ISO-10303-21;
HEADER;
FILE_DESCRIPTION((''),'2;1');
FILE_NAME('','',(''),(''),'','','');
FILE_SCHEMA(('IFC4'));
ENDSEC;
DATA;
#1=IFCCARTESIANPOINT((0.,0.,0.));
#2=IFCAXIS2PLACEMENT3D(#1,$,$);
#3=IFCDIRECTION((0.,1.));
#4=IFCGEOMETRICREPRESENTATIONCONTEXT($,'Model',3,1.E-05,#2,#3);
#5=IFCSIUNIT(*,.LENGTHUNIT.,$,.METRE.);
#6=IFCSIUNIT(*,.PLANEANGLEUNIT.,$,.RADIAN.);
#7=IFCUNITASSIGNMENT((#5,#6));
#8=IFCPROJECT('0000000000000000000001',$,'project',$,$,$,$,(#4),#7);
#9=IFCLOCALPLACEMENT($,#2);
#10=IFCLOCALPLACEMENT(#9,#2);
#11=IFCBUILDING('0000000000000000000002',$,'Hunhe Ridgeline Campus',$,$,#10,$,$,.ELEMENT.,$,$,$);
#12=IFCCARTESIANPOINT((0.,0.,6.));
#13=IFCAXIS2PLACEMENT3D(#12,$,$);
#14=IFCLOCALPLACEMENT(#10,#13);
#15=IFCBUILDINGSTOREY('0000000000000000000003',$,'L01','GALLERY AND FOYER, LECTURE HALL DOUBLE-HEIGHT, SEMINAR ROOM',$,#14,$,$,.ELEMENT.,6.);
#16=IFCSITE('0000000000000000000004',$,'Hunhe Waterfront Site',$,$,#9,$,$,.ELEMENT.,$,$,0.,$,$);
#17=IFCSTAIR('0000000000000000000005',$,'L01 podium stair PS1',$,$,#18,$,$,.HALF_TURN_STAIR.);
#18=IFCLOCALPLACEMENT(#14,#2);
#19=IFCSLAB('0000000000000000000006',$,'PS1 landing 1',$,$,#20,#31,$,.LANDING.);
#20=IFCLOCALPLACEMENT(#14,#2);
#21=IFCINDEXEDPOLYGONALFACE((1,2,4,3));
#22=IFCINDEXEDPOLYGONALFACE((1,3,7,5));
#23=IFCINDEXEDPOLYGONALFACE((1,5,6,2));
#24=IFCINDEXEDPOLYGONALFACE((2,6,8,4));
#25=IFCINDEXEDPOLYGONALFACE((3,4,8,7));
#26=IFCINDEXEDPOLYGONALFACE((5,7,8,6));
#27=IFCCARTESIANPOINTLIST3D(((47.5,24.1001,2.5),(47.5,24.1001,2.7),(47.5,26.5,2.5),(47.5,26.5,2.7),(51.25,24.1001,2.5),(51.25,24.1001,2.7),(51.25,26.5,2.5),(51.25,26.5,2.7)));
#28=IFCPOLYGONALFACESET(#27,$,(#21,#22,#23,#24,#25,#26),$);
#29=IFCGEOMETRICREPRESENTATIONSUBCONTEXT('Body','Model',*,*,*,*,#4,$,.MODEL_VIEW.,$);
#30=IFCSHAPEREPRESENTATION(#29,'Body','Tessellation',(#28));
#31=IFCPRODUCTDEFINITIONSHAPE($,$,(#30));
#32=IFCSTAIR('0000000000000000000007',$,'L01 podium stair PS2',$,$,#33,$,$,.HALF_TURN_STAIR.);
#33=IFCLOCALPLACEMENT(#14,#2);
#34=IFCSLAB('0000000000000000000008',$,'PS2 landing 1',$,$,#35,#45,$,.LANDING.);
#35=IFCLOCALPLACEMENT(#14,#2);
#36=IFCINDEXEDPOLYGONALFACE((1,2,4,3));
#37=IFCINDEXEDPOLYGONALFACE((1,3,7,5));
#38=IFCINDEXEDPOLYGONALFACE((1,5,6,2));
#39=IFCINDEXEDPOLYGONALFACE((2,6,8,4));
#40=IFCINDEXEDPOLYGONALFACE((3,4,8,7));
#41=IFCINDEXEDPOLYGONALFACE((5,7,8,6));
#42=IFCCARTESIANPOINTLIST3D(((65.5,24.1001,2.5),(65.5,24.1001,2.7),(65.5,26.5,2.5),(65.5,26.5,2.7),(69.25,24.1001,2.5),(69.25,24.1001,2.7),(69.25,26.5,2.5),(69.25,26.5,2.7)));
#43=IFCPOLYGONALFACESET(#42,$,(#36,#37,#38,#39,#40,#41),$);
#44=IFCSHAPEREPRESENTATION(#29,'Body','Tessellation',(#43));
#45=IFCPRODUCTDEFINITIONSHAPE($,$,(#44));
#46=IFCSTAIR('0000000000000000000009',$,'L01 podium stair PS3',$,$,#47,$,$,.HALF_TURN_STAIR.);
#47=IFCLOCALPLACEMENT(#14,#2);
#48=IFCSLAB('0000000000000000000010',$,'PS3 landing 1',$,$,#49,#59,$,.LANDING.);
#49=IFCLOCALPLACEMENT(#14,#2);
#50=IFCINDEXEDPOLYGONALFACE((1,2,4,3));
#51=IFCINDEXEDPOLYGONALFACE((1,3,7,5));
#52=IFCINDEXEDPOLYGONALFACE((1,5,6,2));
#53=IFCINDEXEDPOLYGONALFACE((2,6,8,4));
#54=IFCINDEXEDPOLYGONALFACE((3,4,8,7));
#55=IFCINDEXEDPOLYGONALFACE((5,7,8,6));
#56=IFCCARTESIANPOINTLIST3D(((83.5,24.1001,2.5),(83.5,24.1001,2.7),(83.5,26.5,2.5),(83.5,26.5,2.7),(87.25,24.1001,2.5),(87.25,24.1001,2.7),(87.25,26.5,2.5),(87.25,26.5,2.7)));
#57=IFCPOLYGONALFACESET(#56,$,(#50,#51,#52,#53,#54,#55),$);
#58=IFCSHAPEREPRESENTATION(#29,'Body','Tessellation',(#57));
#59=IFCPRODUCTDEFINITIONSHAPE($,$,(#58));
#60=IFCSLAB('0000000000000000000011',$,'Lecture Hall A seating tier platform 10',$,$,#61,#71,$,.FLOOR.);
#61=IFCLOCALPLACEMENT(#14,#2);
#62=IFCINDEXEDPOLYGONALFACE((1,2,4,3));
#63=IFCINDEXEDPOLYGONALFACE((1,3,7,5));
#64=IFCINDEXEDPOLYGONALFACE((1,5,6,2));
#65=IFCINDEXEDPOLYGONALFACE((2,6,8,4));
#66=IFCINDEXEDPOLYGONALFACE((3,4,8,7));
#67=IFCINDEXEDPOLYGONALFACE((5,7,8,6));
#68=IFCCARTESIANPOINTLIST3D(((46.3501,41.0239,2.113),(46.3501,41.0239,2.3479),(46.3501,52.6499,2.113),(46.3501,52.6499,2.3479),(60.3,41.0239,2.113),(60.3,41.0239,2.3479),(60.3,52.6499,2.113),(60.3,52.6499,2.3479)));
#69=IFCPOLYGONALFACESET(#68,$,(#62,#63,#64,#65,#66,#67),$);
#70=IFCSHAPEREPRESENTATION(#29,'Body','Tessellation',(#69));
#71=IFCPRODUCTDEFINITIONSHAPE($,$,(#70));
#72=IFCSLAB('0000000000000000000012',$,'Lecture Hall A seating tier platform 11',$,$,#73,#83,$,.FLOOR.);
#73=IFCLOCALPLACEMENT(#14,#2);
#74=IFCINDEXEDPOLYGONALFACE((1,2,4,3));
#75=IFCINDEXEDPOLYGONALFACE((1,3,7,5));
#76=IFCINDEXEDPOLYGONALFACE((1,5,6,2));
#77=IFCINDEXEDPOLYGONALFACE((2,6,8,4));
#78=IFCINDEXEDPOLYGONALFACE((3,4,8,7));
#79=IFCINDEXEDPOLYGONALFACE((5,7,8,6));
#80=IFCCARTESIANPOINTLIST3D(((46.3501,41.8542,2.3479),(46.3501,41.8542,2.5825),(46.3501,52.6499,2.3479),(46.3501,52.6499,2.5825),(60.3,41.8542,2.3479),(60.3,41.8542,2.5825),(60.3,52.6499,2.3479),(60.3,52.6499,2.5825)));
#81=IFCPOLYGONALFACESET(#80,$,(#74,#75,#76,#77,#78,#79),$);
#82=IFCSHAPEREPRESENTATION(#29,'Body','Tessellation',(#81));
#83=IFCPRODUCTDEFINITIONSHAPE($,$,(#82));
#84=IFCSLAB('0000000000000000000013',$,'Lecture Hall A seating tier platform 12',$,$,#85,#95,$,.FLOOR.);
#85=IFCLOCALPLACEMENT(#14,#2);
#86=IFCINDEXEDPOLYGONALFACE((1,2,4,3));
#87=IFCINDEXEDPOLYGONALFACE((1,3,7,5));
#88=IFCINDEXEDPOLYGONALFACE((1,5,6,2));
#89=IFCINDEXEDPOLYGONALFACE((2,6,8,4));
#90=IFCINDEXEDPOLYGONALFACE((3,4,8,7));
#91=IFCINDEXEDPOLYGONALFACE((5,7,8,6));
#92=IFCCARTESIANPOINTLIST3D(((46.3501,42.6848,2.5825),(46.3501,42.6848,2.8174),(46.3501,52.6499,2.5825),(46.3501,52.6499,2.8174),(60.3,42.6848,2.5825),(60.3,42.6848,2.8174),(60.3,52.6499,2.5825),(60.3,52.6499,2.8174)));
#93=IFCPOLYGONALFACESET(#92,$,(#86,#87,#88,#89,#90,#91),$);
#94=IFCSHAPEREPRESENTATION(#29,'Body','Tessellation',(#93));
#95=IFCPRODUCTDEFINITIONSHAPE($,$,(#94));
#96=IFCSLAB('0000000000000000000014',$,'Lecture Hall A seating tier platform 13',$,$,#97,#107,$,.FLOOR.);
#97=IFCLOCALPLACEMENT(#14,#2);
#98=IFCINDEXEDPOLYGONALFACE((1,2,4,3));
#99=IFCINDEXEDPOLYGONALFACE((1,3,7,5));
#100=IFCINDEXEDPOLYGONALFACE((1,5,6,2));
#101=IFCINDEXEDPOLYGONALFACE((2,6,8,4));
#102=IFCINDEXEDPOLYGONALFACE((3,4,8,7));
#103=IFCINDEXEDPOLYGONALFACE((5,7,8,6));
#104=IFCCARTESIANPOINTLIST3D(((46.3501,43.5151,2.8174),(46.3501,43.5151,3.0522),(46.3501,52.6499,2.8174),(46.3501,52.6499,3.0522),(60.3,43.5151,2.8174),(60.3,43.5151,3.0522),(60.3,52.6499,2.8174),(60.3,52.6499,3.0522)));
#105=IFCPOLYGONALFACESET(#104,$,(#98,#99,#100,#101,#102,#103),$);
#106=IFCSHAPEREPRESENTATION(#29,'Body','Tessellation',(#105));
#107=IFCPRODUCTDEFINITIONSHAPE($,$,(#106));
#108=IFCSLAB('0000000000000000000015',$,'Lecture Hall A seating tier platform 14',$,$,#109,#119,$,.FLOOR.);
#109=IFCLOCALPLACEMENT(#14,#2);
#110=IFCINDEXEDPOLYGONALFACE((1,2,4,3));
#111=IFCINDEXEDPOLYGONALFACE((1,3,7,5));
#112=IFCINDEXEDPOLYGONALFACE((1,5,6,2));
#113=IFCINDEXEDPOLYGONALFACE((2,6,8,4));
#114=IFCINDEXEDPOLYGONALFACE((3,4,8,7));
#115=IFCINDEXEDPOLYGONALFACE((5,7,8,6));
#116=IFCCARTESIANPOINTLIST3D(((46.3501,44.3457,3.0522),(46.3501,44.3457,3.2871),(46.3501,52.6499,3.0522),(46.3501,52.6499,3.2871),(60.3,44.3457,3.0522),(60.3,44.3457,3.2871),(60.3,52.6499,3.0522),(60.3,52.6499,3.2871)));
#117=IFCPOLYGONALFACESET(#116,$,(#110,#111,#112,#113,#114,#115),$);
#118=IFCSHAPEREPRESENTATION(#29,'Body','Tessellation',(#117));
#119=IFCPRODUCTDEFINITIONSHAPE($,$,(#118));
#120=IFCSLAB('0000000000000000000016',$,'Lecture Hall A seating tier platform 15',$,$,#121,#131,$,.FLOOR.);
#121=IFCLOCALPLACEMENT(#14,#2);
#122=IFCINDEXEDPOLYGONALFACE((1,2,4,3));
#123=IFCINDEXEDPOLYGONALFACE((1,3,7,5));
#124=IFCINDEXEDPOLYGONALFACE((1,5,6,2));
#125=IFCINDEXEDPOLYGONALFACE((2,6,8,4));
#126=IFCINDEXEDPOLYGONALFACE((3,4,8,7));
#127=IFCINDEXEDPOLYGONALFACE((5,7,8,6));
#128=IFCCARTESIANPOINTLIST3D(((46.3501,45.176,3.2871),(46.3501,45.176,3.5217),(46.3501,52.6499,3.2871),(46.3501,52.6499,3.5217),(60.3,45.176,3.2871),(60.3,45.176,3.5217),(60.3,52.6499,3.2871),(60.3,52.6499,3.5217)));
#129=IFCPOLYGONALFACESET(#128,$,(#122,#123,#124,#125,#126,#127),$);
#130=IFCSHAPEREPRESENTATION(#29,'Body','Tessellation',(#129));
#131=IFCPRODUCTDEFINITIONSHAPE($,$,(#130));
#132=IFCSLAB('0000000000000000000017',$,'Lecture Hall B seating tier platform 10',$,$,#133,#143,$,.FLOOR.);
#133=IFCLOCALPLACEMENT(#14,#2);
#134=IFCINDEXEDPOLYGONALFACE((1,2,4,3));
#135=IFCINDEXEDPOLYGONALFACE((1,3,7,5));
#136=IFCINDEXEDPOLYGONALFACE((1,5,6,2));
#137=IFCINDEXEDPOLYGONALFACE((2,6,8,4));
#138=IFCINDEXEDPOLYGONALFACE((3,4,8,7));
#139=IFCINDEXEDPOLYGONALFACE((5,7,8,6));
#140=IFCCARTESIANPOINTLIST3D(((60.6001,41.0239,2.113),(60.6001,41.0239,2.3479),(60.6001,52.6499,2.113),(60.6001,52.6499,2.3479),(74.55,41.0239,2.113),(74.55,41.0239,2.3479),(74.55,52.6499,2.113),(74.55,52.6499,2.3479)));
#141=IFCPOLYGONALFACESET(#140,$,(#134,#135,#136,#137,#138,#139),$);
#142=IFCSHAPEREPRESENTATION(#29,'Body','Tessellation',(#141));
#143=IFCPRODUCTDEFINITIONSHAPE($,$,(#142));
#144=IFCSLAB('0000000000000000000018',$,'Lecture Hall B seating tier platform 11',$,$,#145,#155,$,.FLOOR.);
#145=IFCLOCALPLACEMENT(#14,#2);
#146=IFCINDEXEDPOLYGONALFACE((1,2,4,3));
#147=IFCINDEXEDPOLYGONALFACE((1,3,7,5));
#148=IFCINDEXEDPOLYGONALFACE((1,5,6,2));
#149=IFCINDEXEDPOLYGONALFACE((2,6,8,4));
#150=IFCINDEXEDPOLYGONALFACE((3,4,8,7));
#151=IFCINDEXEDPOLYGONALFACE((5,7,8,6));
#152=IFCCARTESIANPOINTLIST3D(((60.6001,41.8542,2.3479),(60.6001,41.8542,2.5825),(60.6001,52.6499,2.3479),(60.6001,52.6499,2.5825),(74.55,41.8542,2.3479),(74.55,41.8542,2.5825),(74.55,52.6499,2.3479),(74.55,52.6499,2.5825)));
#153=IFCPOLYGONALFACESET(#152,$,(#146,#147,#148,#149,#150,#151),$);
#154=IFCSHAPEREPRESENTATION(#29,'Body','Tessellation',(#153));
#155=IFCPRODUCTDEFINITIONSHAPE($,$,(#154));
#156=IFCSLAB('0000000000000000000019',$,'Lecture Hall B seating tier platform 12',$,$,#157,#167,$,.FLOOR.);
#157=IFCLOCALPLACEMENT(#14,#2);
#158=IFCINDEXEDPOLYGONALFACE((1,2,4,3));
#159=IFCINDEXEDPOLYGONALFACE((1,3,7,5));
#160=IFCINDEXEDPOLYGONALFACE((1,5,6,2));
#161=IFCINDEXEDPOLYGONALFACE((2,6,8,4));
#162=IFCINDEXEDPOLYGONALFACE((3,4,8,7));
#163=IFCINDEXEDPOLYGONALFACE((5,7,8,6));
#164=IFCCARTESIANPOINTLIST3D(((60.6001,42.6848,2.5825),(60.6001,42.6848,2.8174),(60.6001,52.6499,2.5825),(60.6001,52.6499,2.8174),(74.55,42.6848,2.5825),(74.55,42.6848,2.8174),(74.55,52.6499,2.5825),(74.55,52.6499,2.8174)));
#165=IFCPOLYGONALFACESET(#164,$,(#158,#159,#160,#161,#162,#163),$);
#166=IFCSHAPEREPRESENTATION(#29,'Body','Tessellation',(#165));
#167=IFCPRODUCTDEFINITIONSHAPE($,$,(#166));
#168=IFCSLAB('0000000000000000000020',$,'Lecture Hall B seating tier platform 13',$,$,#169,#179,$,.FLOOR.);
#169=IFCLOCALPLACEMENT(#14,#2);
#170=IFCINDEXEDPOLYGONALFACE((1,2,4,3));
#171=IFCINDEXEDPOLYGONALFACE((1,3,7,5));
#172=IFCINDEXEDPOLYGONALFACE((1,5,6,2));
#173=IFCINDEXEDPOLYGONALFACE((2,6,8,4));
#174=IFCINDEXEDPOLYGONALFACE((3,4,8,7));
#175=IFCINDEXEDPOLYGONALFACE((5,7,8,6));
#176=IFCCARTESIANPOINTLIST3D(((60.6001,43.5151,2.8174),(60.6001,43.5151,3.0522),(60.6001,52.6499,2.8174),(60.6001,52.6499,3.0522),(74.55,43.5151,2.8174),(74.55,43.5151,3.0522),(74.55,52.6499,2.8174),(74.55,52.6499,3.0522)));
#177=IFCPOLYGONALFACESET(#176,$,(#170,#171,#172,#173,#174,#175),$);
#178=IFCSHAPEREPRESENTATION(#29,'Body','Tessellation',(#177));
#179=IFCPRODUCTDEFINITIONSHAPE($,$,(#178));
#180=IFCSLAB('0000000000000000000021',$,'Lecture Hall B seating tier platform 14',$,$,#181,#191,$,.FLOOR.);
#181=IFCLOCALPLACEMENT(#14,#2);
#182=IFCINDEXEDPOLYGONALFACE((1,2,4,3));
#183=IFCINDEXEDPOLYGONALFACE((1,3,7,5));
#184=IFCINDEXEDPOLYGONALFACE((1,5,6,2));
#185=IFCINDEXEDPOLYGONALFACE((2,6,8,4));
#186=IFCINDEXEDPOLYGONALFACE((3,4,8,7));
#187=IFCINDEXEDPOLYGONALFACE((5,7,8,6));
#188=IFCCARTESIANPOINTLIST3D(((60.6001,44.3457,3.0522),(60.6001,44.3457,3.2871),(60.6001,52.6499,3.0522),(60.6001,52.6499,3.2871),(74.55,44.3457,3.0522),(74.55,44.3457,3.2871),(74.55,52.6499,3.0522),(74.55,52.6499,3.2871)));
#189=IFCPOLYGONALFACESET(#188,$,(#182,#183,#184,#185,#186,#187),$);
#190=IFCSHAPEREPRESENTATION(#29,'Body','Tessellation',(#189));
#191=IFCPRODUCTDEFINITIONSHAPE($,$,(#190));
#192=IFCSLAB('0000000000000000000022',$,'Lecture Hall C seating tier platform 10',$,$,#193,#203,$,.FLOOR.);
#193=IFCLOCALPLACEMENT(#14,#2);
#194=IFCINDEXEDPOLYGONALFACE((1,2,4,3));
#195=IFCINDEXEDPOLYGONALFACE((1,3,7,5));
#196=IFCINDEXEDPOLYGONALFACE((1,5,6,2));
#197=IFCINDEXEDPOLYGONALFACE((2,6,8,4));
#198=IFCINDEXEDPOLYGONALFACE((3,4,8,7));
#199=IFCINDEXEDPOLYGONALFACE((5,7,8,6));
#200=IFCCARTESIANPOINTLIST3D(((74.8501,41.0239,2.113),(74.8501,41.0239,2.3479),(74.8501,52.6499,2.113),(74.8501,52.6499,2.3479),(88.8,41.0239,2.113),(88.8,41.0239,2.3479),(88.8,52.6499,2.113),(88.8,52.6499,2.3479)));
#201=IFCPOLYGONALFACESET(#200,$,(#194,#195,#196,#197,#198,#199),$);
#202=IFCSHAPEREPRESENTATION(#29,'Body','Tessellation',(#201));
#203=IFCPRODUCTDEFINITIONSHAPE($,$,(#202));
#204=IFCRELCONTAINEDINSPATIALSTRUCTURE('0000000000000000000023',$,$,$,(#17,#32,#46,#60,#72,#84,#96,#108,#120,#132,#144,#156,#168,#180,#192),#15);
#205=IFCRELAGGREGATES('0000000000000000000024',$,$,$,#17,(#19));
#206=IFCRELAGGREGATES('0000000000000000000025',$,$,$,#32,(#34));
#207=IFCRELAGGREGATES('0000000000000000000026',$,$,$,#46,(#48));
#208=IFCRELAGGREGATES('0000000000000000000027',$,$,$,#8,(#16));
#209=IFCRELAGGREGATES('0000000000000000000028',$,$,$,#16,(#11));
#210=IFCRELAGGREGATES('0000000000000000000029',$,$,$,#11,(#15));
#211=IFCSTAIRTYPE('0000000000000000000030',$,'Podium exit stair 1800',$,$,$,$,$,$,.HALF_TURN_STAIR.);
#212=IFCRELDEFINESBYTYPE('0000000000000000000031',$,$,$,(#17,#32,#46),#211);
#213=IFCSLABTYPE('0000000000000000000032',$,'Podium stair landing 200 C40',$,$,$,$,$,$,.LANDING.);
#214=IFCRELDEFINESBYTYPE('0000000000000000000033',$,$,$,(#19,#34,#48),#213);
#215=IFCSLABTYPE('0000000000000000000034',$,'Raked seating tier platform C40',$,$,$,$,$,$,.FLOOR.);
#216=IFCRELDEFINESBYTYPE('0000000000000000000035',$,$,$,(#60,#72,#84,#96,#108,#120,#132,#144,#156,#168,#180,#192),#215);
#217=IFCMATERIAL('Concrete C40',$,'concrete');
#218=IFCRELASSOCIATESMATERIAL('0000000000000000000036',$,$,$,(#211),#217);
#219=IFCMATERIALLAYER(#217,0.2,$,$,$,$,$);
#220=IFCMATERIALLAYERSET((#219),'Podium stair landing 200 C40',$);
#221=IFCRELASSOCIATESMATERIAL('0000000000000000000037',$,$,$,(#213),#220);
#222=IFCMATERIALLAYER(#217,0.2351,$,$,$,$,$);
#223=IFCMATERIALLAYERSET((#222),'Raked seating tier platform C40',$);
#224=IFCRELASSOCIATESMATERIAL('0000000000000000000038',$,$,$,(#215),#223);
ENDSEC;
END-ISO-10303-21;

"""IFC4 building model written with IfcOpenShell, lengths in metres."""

from ifc_helpers import new_model, si_unit, direction, frame, origin, place, context, subcontext, project, spatial, polyline, outline, extrude, material, layer, layer_set, type_object, element, aggregate, save


model = new_model("IFC4")

# Units and contexts
model_context = context("Model", 3, precision=1e-05, world=origin(), true_north=direction((0.0, 1.0)))
body_context = subcontext(model_context, "Body", "Model", "MODEL_VIEW")
ifc_project = project(units=[si_unit("LENGTHUNIT", "METRE"), si_unit("PLANEANGLEUNIT", "RADIAN")], contexts=[model_context])

# Site, building, storey
site_placement = place(None, origin())
site = spatial("IfcSite", under=ifc_project, at=site_placement, Name="Hunhe Waterfront Site", CompositionType="ELEMENT", RefElevation=0.0)
building_placement = place(site_placement, origin())
building = spatial("IfcBuilding", under=site, at=building_placement, Name="Hunhe Ridgeline Campus", CompositionType="ELEMENT")
storey_placement = place(building_placement, frame((0.0, 0.0, 6.0)))
storey = spatial("IfcBuildingStorey", under=building, at=storey_placement, Name="L01", Description="GALLERY AND FOYER, LECTURE HALL DOUBLE-HEIGHT, SEMINAR ROOM", CompositionType="ELEMENT", Elevation=6.0)

# Stairs, slabs
ifc_material = material(Name="Concrete C40", Category="concrete")
stair_type_1 = type_object("IfcStairType", Name="Podium exit stair 1800", PredefinedType="HALF_TURN_STAIR", material=ifc_material)
stair_1_placement = place(storey_placement, origin())
stair_1 = element("IfcStair", 1, at=stair_1_placement, inside=storey, type_object=stair_type_1, Name="L01 podium stair PS1", PredefinedType="HALF_TURN_STAIR")
ifc_layer_1 = layer(ifc_material, 0.2)
ifc_layer_set_1 = layer_set([ifc_layer_1], Name="Podium stair landing 200 C40")
slab_type_1 = type_object("IfcSlabType", Name="Podium stair landing 200 C40", PredefinedType="LANDING", material=ifc_layer_set_1)
slab_1_placement = place(storey_placement, frame((0.0, 0.0, 2.5)))
slab_1 = element("IfcSlab", 2, at=slab_1_placement, type_object=slab_type_1, Name="PS1 landing 1", PredefinedType="LANDING", context=body_context, shape_type="SweptSolid", body=[
    extrude(outline(polyline([(51.25, 24.1001), (51.25, 26.5), (47.5, 26.5), (47.5, 24.1001), (51.25, 24.1001)])), origin(), (0.0, 0.0, 1.0), 0.2),
])
aggregate(stair_1, [slab_1])
stair_2_placement = place(storey_placement, origin())
stair_2 = element("IfcStair", 3, at=stair_2_placement, inside=storey, type_object=stair_type_1, Name="L01 podium stair PS2", PredefinedType="HALF_TURN_STAIR")
slab_2_placement = place(storey_placement, frame((0.0, 0.0, 2.5)))
slab_2 = element("IfcSlab", 4, at=slab_2_placement, type_object=slab_type_1, Name="PS2 landing 1", PredefinedType="LANDING", context=body_context, shape_type="SweptSolid", body=[
    extrude(outline(polyline([(69.25, 24.1001), (69.25, 26.5), (65.5, 26.5), (65.5, 24.1001), (69.25, 24.1001)])), origin(), (0.0, 0.0, 1.0), 0.2),
])
aggregate(stair_2, [slab_2])
stair_3_placement = place(storey_placement, origin())
stair_3 = element("IfcStair", 5, at=stair_3_placement, inside=storey, type_object=stair_type_1, Name="L01 podium stair PS3", PredefinedType="HALF_TURN_STAIR")
slab_3_placement = place(storey_placement, frame((0.0, 0.0, 2.5)))
slab_3 = element("IfcSlab", 6, at=slab_3_placement, type_object=slab_type_1, Name="PS3 landing 1", PredefinedType="LANDING", context=body_context, shape_type="SweptSolid", body=[
    extrude(outline(polyline([(87.25, 24.1001), (87.25, 26.5), (83.5, 26.5), (83.5, 24.1001), (87.25, 24.1001)])), origin(), (0.0, 0.0, 1.0), 0.2),
])
aggregate(stair_3, [slab_3])

# Slabs
ifc_layer_2 = layer(ifc_material, 0.2351)
ifc_layer_set_2 = layer_set([ifc_layer_2], Name="Raked seating tier platform C40")
slab_type_2 = type_object("IfcSlabType", Name="Raked seating tier platform C40", PredefinedType="FLOOR", material=ifc_layer_set_2)
slab_4_placement = place(storey_placement, frame((0.0, 0.0, 2.113)))
element("IfcSlab", 7, at=slab_4_placement, inside=storey, type_object=slab_type_2, Name="Lecture Hall A seating tier platform 10", PredefinedType="FLOOR", context=body_context, shape_type="SweptSolid", body=[
    extrude(outline(polyline([(46.3501, 41.0239), (60.3, 41.0239), (60.3, 52.6499), (46.3501, 52.6499), (46.3501, 41.0239)])), origin(), (0.0, 0.0, 1.0), 0.2349),
])
slab_5_placement = place(storey_placement, frame((0.0, 0.0, 2.3479)))
element("IfcSlab", 8, at=slab_5_placement, inside=storey, type_object=slab_type_2, Name="Lecture Hall A seating tier platform 11", PredefinedType="FLOOR", context=body_context, shape_type="SweptSolid", body=[
    extrude(outline(polyline([(46.3501, 41.8542), (60.3, 41.8542), (60.3, 52.6499), (46.3501, 52.6499), (46.3501, 41.8542)])), origin(), (0.0, 0.0, 1.0), 0.2346),
])
slab_6_placement = place(storey_placement, frame((0.0, 0.0, 2.5825)))
element("IfcSlab", 9, at=slab_6_placement, inside=storey, type_object=slab_type_2, Name="Lecture Hall A seating tier platform 12", PredefinedType="FLOOR", context=body_context, shape_type="SweptSolid", body=[
    extrude(outline(polyline([(46.3501, 42.6848), (60.3, 42.6848), (60.3, 52.6499), (46.3501, 52.6499), (46.3501, 42.6848)])), origin(), (0.0, 0.0, 1.0), 0.2349),
])
slab_7_placement = place(storey_placement, frame((0.0, 0.0, 2.8174)))
element("IfcSlab", 10, at=slab_7_placement, inside=storey, type_object=slab_type_2, Name="Lecture Hall A seating tier platform 13", PredefinedType="FLOOR", context=body_context, shape_type="SweptSolid", body=[
    extrude(outline(polyline([(46.3501, 43.5151), (60.3, 43.5151), (60.3, 52.6499), (46.3501, 52.6499), (46.3501, 43.5151)])), origin(), (0.0, 0.0, 1.0), 0.2349),
])
slab_8_placement = place(storey_placement, frame((0.0, 0.0, 3.0522)))
element("IfcSlab", 11, at=slab_8_placement, inside=storey, type_object=slab_type_2, Name="Lecture Hall A seating tier platform 14", PredefinedType="FLOOR", context=body_context, shape_type="SweptSolid", body=[
    extrude(outline(polyline([(46.3501, 44.3457), (60.3, 44.3457), (60.3, 52.6499), (46.3501, 52.6499), (46.3501, 44.3457)])), origin(), (0.0, 0.0, 1.0), 0.2349),
])
slab_9_placement = place(storey_placement, frame((0.0, 0.0, 3.2871)))
element("IfcSlab", 12, at=slab_9_placement, inside=storey, type_object=slab_type_2, Name="Lecture Hall A seating tier platform 15", PredefinedType="FLOOR", context=body_context, shape_type="SweptSolid", body=[
    extrude(outline(polyline([(46.3501, 45.176), (60.3, 45.176), (60.3, 52.6499), (46.3501, 52.6499), (46.3501, 45.176)])), origin(), (0.0, 0.0, 1.0), 0.2346),
])
slab_10_placement = place(storey_placement, frame((0.0, 0.0, 2.113)))
element("IfcSlab", 13, at=slab_10_placement, inside=storey, type_object=slab_type_2, Name="Lecture Hall B seating tier platform 10", PredefinedType="FLOOR", context=body_context, shape_type="SweptSolid", body=[
    extrude(outline(polyline([(60.6001, 41.0239), (74.55, 41.0239), (74.55, 52.6499), (60.6001, 52.6499), (60.6001, 41.0239)])), origin(), (0.0, 0.0, 1.0), 0.2349),
])
slab_11_placement = place(storey_placement, frame((0.0, 0.0, 2.3479)))
element("IfcSlab", 14, at=slab_11_placement, inside=storey, type_object=slab_type_2, Name="Lecture Hall B seating tier platform 11", PredefinedType="FLOOR", context=body_context, shape_type="SweptSolid", body=[
    extrude(outline(polyline([(60.6001, 41.8542), (74.55, 41.8542), (74.55, 52.6499), (60.6001, 52.6499), (60.6001, 41.8542)])), origin(), (0.0, 0.0, 1.0), 0.2346),
])
slab_12_placement = place(storey_placement, frame((0.0, 0.0, 2.5825)))
element("IfcSlab", 15, at=slab_12_placement, inside=storey, type_object=slab_type_2, Name="Lecture Hall B seating tier platform 12", PredefinedType="FLOOR", context=body_context, shape_type="SweptSolid", body=[
    extrude(outline(polyline([(60.6001, 42.6848), (74.55, 42.6848), (74.55, 52.6499), (60.6001, 52.6499), (60.6001, 42.6848)])), origin(), (0.0, 0.0, 1.0), 0.2349),
])
slab_13_placement = place(storey_placement, frame((0.0, 0.0, 2.8174)))
element("IfcSlab", 16, at=slab_13_placement, inside=storey, type_object=slab_type_2, Name="Lecture Hall B seating tier platform 13", PredefinedType="FLOOR", context=body_context, shape_type="SweptSolid", body=[
    extrude(outline(polyline([(60.6001, 43.5151), (74.55, 43.5151), (74.55, 52.6499), (60.6001, 52.6499), (60.6001, 43.5151)])), origin(), (0.0, 0.0, 1.0), 0.2349),
])
slab_14_placement = place(storey_placement, frame((0.0, 0.0, 3.0522)))
element("IfcSlab", 17, at=slab_14_placement, inside=storey, type_object=slab_type_2, Name="Lecture Hall B seating tier platform 14", PredefinedType="FLOOR", context=body_context, shape_type="SweptSolid", body=[
    extrude(outline(polyline([(60.6001, 44.3457), (74.55, 44.3457), (74.55, 52.6499), (60.6001, 52.6499), (60.6001, 44.3457)])), origin(), (0.0, 0.0, 1.0), 0.2349),
])
slab_15_placement = place(storey_placement, frame((0.0, 0.0, 2.113)))
element("IfcSlab", 18, at=slab_15_placement, inside=storey, type_object=slab_type_2, Name="Lecture Hall C seating tier platform 10", PredefinedType="FLOOR", context=body_context, shape_type="SweptSolid", body=[
    extrude(outline(polyline([(74.8501, 41.0239), (88.8, 41.0239), (88.8, 52.6499), (74.8501, 52.6499), (74.8501, 41.0239)])), origin(), (0.0, 0.0, 1.0), 0.2349),
])

save(model, "model.ifc")
